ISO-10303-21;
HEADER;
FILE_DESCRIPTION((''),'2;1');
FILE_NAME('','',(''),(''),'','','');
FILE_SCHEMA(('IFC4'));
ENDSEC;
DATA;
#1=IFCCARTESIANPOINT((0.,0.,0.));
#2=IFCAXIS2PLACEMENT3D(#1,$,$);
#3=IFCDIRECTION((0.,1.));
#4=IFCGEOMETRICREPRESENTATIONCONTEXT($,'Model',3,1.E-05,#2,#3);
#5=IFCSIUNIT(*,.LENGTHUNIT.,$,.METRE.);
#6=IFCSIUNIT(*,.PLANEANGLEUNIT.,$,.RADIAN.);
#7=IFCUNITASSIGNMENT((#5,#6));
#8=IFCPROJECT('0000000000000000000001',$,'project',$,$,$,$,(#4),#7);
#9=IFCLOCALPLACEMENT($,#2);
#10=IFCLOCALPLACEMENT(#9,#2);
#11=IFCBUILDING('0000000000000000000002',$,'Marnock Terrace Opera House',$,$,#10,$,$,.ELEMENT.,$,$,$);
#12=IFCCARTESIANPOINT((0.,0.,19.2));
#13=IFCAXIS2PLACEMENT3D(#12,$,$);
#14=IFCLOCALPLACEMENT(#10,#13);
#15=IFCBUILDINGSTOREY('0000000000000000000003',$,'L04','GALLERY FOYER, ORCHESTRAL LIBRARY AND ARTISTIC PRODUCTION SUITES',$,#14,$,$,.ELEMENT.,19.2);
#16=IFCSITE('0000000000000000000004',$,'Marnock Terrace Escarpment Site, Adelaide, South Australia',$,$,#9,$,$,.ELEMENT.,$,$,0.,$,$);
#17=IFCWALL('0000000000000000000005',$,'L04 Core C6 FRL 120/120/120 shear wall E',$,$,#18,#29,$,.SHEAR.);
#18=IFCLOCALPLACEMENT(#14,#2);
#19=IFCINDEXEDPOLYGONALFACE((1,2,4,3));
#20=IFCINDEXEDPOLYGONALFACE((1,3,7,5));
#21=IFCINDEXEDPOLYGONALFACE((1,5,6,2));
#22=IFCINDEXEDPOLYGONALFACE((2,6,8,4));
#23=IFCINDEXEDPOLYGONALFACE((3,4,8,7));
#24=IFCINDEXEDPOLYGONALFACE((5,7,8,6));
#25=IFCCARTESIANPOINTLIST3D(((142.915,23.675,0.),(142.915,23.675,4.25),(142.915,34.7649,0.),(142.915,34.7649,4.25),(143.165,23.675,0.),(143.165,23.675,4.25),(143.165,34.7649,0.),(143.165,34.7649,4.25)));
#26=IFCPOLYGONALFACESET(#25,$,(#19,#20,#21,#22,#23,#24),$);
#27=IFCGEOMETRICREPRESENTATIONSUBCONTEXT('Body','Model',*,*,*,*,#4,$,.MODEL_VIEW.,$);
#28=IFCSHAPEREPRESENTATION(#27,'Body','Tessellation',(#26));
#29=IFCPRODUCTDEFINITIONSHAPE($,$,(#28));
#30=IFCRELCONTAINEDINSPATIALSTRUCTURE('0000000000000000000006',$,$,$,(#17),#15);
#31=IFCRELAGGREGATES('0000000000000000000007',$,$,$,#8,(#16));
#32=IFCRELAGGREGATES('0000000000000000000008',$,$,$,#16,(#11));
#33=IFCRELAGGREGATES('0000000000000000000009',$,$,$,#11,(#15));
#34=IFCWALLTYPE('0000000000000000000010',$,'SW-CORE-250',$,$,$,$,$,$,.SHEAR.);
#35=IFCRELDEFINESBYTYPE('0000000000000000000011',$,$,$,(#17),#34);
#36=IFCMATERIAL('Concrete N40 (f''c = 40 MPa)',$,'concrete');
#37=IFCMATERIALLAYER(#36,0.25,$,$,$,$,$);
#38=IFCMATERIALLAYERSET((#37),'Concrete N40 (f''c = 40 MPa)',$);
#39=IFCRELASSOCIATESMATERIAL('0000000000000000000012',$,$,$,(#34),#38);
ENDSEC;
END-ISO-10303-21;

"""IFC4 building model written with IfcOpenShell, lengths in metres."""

from ifc_helpers import new_model, si_unit, direction, frame, frame_2d, origin, place, context, subcontext, project, spatial, rectangle, extrude, material, layer, layer_set, type_object, element, save


model = new_model("IFC4")

# Units and contexts
model_context = context("Model", 3, precision=1e-05, world=origin(), true_north=direction((0.0, 1.0)))
body_context = subcontext(model_context, "Body", "Model", "MODEL_VIEW")
ifc_project = project(units=[si_unit("LENGTHUNIT", "METRE"), si_unit("PLANEANGLEUNIT", "RADIAN")], contexts=[model_context])

# Site, building, storey
site_placement = place(None, origin())
site = spatial("IfcSite", under=ifc_project, at=site_placement, Name="Marnock Terrace Escarpment Site, Adelaide, South Australia", CompositionType="ELEMENT", RefElevation=0.0)
building_placement = place(site_placement, origin())
building = spatial("IfcBuilding", under=site, at=building_placement, Name="Marnock Terrace Opera House", CompositionType="ELEMENT")
storey_placement = place(building_placement, frame((0.0, 0.0, 19.2)))
storey = spatial("IfcBuildingStorey", under=building, at=storey_placement, Name="L04", Description="GALLERY FOYER, ORCHESTRAL LIBRARY AND ARTISTIC PRODUCTION SUITES", CompositionType="ELEMENT", Elevation=19.2)

# Shared definitions
ifc_material_1 = material(Name="Concrete N40 (f'c = 40 MPa)", Category="concrete")

# Shared definitions
ifc_layer_1 = layer(ifc_material_1, 0.25)
ifc_layer_set_1 = layer_set([ifc_layer_1], Name="Concrete N40 (f'c = 40 MPa)")
wall_type_1 = type_object("IfcWallType", Name="SW-CORE-250", PredefinedType="SHEAR", material=ifc_layer_set_1)

# Wall
for number, where, z_axis, x_axis, name in (
    (1, (143.04, 23.675, 0.0), (0.0, 0.0, 1.0), (0.0, 1.0, 0.0), "L04 Core C6 FRL 120/120/120 shear wall E"),
):
    element("IfcWall", number, at=place(storey_placement, frame(where, z_axis=z_axis, x_axis=x_axis)), inside=storey, type_object=wall_type_1, Name=name, PredefinedType="SHEAR", context=body_context, shape_type="SweptSolid", body=[
        extrude(rectangle(XDim=11.0898, YDim=0.25, at=frame_2d((5.5449, 0.0))), origin(), (0.0, 0.0, 1.0), 4.25),
    ])

save(model, "model.ifc")
